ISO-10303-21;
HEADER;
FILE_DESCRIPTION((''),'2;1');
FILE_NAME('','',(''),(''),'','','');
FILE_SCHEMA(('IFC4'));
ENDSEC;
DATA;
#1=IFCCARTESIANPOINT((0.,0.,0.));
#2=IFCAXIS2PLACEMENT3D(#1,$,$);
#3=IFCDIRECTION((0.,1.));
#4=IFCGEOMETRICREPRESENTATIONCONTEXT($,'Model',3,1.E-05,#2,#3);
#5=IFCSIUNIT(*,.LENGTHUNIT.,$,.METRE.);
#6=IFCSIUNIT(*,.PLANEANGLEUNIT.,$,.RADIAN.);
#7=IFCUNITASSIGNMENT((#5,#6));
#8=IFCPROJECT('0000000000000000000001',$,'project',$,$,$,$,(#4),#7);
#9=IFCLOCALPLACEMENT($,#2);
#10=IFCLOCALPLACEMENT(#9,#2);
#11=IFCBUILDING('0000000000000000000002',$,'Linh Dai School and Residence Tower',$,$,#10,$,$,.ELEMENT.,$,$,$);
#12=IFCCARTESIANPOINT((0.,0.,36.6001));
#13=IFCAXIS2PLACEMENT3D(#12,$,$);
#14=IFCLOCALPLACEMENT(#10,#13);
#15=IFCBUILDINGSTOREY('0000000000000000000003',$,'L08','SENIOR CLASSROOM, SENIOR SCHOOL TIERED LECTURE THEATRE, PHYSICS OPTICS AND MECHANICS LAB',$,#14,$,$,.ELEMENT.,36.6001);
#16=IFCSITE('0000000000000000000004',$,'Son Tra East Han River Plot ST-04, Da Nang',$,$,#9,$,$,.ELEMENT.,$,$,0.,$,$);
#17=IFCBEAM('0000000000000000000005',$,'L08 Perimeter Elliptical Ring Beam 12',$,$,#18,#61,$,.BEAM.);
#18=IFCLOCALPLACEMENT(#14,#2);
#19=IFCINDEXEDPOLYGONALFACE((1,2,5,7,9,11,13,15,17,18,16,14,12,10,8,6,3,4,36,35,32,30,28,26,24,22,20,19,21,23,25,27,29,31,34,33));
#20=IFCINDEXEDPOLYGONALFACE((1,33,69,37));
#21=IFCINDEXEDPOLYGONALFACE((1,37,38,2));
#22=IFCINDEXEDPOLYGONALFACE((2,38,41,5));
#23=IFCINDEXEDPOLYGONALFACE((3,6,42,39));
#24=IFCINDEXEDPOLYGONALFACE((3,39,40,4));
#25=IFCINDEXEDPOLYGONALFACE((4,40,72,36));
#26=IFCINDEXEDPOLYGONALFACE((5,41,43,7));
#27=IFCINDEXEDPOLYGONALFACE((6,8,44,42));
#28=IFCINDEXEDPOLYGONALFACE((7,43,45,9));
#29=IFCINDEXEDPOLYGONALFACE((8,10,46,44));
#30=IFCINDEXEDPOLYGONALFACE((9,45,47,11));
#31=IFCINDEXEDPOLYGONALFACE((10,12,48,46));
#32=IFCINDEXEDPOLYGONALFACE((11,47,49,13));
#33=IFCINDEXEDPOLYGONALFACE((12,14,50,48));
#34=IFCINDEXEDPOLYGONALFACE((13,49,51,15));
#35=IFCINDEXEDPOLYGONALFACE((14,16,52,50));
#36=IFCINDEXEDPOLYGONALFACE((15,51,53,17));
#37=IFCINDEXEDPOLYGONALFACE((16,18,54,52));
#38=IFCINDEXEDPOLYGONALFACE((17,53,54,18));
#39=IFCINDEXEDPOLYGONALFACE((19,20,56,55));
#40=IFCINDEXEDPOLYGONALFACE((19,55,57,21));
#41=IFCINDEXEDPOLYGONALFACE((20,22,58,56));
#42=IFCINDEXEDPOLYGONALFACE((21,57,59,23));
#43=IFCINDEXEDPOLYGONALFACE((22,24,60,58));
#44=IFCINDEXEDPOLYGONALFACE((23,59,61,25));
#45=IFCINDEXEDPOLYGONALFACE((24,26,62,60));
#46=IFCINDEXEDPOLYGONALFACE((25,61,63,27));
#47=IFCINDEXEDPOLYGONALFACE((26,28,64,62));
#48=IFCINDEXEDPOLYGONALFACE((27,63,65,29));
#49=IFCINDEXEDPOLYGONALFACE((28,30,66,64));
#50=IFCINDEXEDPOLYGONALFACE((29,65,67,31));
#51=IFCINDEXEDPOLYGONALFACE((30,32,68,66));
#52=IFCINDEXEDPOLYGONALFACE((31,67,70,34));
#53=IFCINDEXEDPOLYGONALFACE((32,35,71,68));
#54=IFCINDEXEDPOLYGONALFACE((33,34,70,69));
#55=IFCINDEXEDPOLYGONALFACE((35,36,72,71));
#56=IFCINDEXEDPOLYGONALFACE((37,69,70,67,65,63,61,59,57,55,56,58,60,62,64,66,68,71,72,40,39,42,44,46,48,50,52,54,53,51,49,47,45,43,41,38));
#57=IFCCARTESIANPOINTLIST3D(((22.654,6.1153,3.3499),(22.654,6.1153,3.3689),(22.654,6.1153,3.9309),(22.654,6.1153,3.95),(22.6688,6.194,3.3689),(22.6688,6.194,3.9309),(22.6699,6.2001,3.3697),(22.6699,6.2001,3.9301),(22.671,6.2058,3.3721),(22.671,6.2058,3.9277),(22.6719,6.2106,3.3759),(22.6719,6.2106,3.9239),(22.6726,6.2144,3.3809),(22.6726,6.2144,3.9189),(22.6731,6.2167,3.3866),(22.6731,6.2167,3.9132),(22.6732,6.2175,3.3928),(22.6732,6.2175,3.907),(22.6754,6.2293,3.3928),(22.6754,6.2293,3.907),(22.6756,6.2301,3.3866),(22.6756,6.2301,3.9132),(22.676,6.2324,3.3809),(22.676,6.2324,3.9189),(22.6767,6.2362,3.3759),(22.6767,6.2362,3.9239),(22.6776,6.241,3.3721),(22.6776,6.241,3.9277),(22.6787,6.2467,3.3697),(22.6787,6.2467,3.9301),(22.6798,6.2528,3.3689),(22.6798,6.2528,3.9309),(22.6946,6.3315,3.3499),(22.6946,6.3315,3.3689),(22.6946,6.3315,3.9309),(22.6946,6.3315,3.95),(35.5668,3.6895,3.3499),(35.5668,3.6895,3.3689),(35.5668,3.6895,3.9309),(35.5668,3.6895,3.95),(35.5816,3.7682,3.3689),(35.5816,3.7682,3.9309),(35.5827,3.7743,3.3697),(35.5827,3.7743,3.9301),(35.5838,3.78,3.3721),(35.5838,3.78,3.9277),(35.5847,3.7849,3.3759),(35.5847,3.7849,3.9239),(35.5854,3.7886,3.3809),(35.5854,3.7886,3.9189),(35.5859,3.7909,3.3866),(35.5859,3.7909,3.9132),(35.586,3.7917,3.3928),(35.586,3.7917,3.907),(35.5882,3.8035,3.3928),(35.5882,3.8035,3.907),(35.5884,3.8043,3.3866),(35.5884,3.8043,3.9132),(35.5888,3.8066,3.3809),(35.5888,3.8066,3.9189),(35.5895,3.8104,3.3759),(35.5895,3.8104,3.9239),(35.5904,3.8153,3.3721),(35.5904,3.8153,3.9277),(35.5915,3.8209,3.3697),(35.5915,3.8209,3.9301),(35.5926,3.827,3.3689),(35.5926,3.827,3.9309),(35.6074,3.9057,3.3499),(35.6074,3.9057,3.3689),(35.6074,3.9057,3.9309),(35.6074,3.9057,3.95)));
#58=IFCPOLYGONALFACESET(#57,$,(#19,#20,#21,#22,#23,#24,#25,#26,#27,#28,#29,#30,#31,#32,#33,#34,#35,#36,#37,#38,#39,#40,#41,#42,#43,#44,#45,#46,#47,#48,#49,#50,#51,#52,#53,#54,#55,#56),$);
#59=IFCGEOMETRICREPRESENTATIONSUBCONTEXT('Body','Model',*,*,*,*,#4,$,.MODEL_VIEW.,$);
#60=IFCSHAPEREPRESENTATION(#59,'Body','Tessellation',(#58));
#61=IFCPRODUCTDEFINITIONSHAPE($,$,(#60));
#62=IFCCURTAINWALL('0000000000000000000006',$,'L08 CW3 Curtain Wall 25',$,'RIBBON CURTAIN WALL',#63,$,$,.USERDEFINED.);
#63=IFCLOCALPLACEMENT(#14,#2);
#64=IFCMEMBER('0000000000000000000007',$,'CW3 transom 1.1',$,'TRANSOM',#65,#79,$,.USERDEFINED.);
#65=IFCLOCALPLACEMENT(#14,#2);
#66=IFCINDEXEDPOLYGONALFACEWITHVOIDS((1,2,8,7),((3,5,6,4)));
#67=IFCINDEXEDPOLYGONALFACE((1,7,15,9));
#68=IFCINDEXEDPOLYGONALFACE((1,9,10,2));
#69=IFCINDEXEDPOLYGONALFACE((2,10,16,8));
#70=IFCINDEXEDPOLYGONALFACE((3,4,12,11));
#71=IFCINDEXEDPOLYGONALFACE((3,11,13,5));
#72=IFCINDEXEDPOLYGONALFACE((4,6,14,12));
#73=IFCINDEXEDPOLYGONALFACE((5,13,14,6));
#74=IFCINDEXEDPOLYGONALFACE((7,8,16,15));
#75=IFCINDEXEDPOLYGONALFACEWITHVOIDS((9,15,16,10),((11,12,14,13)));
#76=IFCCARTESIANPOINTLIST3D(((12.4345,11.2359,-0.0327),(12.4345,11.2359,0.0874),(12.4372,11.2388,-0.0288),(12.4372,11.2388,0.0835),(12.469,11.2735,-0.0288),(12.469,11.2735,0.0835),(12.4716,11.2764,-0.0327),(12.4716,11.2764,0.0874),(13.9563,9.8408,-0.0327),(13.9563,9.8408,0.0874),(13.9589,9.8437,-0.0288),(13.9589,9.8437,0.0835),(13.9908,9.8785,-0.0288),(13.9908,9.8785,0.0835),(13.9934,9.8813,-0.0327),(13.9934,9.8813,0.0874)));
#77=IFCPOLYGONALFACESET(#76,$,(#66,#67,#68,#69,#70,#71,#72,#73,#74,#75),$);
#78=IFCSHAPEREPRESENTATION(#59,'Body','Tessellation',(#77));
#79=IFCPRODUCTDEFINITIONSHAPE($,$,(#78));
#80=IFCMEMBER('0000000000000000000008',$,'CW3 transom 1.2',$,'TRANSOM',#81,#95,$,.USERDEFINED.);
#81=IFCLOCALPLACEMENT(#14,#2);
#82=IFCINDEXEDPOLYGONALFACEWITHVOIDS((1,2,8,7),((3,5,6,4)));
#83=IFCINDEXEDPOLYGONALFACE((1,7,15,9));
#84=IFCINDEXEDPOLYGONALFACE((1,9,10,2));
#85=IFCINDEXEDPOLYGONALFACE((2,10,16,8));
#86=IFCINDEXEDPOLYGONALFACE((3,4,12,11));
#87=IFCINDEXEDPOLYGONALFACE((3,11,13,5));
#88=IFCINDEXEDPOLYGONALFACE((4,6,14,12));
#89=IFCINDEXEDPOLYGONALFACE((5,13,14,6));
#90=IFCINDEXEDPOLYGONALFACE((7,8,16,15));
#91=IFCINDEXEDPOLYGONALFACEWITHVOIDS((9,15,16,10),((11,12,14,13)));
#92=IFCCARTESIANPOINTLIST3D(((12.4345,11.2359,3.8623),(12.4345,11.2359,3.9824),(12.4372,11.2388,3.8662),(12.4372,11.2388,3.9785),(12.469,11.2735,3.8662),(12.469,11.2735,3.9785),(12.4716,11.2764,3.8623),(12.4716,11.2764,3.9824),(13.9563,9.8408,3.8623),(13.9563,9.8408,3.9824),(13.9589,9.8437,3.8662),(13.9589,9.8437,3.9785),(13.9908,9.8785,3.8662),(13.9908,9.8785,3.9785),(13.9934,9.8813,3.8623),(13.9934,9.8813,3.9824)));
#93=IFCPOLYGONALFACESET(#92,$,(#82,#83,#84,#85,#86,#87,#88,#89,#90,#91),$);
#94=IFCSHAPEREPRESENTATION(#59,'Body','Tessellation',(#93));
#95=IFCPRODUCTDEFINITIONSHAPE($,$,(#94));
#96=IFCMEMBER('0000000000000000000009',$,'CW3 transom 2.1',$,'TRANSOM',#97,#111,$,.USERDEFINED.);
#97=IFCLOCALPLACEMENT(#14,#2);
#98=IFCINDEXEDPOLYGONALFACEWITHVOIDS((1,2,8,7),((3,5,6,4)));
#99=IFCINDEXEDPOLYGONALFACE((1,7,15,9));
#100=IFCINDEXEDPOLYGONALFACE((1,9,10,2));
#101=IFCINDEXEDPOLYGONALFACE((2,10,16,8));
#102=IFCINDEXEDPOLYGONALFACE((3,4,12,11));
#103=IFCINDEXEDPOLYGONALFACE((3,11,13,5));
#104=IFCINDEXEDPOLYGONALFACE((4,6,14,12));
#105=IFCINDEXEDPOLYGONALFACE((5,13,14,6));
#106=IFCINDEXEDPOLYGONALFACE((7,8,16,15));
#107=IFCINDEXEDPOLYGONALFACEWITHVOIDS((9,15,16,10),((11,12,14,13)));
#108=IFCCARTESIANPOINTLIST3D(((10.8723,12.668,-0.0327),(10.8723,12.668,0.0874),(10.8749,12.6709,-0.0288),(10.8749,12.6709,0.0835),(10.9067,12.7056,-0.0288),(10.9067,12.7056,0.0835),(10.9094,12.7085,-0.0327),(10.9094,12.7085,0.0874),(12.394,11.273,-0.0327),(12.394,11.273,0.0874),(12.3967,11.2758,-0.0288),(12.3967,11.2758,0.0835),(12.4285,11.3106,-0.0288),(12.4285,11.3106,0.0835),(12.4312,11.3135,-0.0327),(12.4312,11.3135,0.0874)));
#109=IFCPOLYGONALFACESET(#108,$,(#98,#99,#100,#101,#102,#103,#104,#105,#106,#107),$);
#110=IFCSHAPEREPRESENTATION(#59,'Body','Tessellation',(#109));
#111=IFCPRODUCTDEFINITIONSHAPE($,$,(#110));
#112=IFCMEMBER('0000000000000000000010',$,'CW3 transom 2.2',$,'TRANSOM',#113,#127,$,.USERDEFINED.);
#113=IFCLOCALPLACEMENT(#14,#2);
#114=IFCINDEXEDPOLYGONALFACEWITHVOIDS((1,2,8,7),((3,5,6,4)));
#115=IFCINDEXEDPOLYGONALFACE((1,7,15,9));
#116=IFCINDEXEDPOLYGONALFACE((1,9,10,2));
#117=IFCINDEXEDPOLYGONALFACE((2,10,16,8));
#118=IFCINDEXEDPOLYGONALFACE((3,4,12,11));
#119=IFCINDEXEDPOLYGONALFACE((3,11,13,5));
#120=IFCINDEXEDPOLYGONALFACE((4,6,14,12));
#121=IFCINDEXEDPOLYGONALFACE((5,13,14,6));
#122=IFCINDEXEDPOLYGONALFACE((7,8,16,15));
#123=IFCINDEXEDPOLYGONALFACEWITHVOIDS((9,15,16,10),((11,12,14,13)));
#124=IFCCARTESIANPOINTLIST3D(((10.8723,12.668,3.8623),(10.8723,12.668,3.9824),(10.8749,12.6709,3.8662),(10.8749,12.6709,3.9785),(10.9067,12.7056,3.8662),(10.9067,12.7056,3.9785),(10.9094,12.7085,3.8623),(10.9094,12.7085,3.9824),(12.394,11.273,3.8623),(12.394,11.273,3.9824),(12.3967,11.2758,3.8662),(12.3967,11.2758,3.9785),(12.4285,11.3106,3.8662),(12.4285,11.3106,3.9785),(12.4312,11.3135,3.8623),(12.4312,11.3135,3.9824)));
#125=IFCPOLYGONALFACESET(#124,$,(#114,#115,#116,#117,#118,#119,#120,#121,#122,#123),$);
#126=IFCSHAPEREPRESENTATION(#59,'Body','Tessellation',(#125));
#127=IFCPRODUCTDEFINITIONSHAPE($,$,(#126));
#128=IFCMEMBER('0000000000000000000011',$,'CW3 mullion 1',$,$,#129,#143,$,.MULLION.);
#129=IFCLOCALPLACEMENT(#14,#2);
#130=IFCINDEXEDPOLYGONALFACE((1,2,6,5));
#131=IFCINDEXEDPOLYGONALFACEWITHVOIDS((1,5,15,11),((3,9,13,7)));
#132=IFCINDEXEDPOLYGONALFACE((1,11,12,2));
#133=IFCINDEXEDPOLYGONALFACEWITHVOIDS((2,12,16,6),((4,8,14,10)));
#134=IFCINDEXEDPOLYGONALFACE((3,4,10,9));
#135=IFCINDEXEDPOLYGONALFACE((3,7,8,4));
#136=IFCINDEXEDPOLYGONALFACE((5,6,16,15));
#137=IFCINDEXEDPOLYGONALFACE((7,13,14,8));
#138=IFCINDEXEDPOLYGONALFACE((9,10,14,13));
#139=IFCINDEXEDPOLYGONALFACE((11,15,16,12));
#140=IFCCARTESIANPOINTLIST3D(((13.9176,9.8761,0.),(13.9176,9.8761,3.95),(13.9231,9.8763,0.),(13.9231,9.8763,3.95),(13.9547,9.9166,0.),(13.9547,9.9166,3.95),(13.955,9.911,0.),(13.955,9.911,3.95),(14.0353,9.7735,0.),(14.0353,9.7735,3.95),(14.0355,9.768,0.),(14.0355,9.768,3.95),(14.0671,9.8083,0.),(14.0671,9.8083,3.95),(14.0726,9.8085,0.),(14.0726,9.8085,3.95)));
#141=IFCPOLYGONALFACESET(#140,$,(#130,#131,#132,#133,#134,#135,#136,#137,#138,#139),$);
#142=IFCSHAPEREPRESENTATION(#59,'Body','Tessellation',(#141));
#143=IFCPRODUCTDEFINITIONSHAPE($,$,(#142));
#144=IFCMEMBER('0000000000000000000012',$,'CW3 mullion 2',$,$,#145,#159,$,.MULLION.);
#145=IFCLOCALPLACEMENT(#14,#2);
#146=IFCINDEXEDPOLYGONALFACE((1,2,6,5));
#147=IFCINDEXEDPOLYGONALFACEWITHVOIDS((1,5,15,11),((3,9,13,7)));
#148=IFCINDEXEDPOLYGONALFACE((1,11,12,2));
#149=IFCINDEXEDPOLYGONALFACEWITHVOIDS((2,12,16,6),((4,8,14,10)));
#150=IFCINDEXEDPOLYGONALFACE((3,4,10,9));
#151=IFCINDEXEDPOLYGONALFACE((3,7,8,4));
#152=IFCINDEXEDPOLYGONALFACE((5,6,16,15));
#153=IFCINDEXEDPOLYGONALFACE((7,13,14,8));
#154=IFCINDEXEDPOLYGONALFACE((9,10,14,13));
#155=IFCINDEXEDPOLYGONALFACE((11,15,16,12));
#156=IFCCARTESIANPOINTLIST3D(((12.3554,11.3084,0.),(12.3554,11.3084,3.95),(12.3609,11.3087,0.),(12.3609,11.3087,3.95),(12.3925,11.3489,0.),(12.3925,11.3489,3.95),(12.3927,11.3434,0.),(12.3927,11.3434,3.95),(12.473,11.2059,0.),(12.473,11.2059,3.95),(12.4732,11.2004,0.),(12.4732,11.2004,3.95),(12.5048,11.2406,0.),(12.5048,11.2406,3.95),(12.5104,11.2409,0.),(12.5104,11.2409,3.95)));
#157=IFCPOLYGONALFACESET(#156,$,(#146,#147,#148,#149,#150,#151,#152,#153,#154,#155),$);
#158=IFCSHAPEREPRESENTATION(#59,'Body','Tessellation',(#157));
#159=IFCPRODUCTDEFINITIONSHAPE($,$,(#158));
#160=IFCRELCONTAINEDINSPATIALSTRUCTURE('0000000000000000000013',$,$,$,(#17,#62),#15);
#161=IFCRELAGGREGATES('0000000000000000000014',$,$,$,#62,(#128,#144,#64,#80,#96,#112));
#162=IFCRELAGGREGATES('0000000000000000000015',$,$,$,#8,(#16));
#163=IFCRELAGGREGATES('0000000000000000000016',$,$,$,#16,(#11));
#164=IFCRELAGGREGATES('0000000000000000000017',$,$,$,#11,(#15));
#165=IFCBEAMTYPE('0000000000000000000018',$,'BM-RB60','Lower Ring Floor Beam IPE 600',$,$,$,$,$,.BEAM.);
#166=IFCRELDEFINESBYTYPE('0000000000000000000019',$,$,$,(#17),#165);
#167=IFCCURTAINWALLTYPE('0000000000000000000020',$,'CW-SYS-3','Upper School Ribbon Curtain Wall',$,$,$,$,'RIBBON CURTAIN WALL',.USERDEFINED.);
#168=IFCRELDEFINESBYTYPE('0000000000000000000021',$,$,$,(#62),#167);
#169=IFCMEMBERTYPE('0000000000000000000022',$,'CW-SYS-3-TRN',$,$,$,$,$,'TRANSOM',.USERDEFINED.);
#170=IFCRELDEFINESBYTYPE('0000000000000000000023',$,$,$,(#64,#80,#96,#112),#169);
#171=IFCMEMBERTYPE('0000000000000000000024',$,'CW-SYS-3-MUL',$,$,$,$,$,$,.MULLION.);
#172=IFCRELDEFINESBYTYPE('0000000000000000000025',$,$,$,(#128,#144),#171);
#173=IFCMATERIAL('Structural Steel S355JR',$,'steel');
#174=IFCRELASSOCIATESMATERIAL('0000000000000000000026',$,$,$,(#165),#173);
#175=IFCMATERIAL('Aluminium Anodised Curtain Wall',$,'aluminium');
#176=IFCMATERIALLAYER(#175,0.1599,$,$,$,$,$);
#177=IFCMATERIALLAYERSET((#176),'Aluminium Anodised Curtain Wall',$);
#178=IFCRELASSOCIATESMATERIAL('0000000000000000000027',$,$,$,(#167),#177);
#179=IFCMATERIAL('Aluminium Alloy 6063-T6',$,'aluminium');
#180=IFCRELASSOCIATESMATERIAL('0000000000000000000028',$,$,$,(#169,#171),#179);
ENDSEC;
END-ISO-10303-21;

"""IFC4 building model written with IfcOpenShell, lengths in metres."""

from ifc_helpers import new_model, si_unit, direction, frame, origin, origin_2d, place, context, subcontext, project, spatial, hollow_rectangle, i_section, extrude, source, transform, mapped, material, layer, layer_set, material_profile, profile_set, type_object, element, aggregate, save


model = new_model("IFC4")

# Units and contexts
model_context = context("Model", 3, precision=1e-05, world=origin(), true_north=direction((0.0, 1.0)))
body_context = subcontext(model_context, "Body", "Model", "MODEL_VIEW")
ifc_project = project(units=[si_unit("LENGTHUNIT", "METRE"), si_unit("PLANEANGLEUNIT", "RADIAN")], contexts=[model_context])

# Site, building, storey
site_placement = place(None, origin())
site = spatial("IfcSite", under=ifc_project, at=site_placement, Name="Son Tra East Han River Plot ST-04, Da Nang", CompositionType="ELEMENT", RefElevation=0.0)
building_placement = place(site_placement, origin())
building = spatial("IfcBuilding", under=site, at=building_placement, Name="Linh Dai School and Residence Tower", CompositionType="ELEMENT")
storey_placement = place(building_placement, frame((0.0, 0.0, 36.6001)))
storey = spatial("IfcBuildingStorey", under=building, at=storey_placement, Name="L08", Description="SENIOR CLASSROOM, SENIOR SCHOOL TIERED LECTURE THEATRE, PHYSICS OPTICS AND MECHANICS LAB", CompositionType="ELEMENT", Elevation=36.6001)

# Shared definitions
ifc_material_1 = material(Name="Structural Steel S355JR", Category="steel")

# Beam
ifc_material_profile_1 = material_profile(ifc_material_1, i_section(OverallWidth=0.22, OverallDepth=0.6001, WebThickness=0.012, FlangeThickness=0.019, FilletRadius=0.0239, at=origin_2d()), Name="IPE 600")
ifc_profile_set_1 = profile_set([ifc_material_profile_1], Name="Structural Steel S355JR")
beam_type = type_object("IfcBeamType", Name="BM-RB60", Description="Lower Ring Floor Beam IPE 600", PredefinedType="BEAM", material=ifc_profile_set_1)
beam_1_placement = place(storey_placement, frame((22.6743, 6.2234, 3.6499), z_axis=(0.982808, -0.184628, 0.0), x_axis=(0.184628, 0.982808, 0.0)))
element("IfcBeam", 1, at=beam_1_placement, inside=storey, type_object=beam_type, Name="L08 Perimeter Elliptical Ring Beam 12", PredefinedType="BEAM", context=body_context, shape_type="SweptSolid", body=[
    extrude(i_section(OverallWidth=0.22, OverallDepth=0.6001, WebThickness=0.012, FlangeThickness=0.019, FilletRadius=0.0239, at=origin_2d()), origin(), (0.0, 0.0, 1.0), 13.1387),
])

# Curtain wall, members
ifc_material_2 = material(Name="Aluminium Anodised Curtain Wall", Category="aluminium")
ifc_layer_1 = layer(ifc_material_2, 0.1599)
ifc_layer_set_1 = layer_set([ifc_layer_1], Name="Aluminium Anodised Curtain Wall")
curtain_wall_type = type_object("IfcCurtainWallType", Name="CW-SYS-3", Description="Upper School Ribbon Curtain Wall", ElementType="RIBBON CURTAIN WALL", PredefinedType="USERDEFINED", material=ifc_layer_set_1)
curtain_wall_placement = place(storey_placement, origin())
curtain_wall = element("IfcCurtainWall", 2, at=curtain_wall_placement, inside=storey, type_object=curtain_wall_type, Name="L08 CW3 Curtain Wall 25", ObjectType="RIBBON CURTAIN WALL", PredefinedType="USERDEFINED")
ifc_material_3 = material(Name="Aluminium Alloy 6063-T6", Category="aluminium")
ifc_material_profile_2 = material_profile(ifc_material_3, hollow_rectangle(XDim=0.0549, YDim=0.1201, WallThickness=0.0039, at=origin_2d()), Name="RHS 120x55x4")
ifc_profile_set_2 = profile_set([ifc_material_profile_2], Name="Aluminium Alloy 6063-T6")
member_type_1 = type_object("IfcMemberType", Name="CW-SYS-3-TRN", ElementType="TRANSOM", PredefinedType="USERDEFINED", material=ifc_profile_set_2)
shared_shape_1 = source(origin(), body_context, "Body", "SweptSolid", [
    extrude(hollow_rectangle(XDim=0.0549, YDim=0.1201, WallThickness=0.0039, at=origin_2d()), origin(), (0.0, 0.0, 1.0), 2.0645),
])
member_1_placement = place(storey_placement, frame((13.9749, 9.8611, 0.0273), z_axis=(-0.73713, 0.675751, 0.0), x_axis=(-0.675751, -0.73713, 0.0)))
member_1 = element("IfcMember", 3, at=member_1_placement, type_object=member_type_1, Name="CW3 transom 1.1", ObjectType="TRANSOM", PredefinedType="USERDEFINED", context=body_context, shape_type="MappedRepresentation", body=[
    mapped(shared_shape_1, transform((0.0, 0.0, 0.0), x_axis=(1.0, 0.0, 0.0), y_axis=(0.0, 1.0, 0.0), z_axis=(0.0, 0.0, 1.0), scale=1.0)),
])
member_2_placement = place(storey_placement, frame((13.9749, 9.8611, 3.9224), z_axis=(-0.73713, 0.675751, 0.0), x_axis=(-0.675751, -0.73713, 0.0)))
member_2 = element("IfcMember", 4, at=member_2_placement, type_object=member_type_1, Name="CW3 transom 1.2", ObjectType="TRANSOM", PredefinedType="USERDEFINED", context=body_context, shape_type="MappedRepresentation", body=[
    mapped(shared_shape_1, transform((0.0, 0.0, 0.0), x_axis=(1.0, 0.0, 0.0), y_axis=(0.0, 1.0, 0.0), z_axis=(0.0, 0.0, 1.0), scale=1.0)),
])
member_3_placement = place(storey_placement, frame((12.4126, 11.2932, 0.0273), z_axis=(-0.73713, 0.675751, 0.0), x_axis=(-0.675751, -0.73713, 0.0)))
member_3 = element("IfcMember", 5, at=member_3_placement, type_object=member_type_1, Name="CW3 transom 2.1", ObjectType="TRANSOM", PredefinedType="USERDEFINED", context=body_context, shape_type="MappedRepresentation", body=[
    mapped(shared_shape_1, transform((0.0, 0.0, 0.0), x_axis=(1.0, 0.0, 0.0), y_axis=(0.0, 1.0, 0.0), z_axis=(0.0, 0.0, 1.0), scale=1.0)),
])
member_4_placement = place(storey_placement, frame((12.4126, 11.2932, 3.9224), z_axis=(-0.73713, 0.675751, 0.0), x_axis=(-0.675751, -0.73713, 0.0)))
member_4 = element("IfcMember", 6, at=member_4_placement, type_object=member_type_1, Name="CW3 transom 2.2", ObjectType="TRANSOM", PredefinedType="USERDEFINED", context=body_context, shape_type="MappedRepresentation", body=[
    mapped(shared_shape_1, transform((0.0, 0.0, 0.0), x_axis=(1.0, 0.0, 0.0), y_axis=(0.0, 1.0, 0.0), z_axis=(0.0, 0.0, 1.0), scale=1.0)),
])
ifc_material_profile_3 = material_profile(ifc_material_3, hollow_rectangle(XDim=0.0549, YDim=0.1599, WallThickness=0.0039, at=origin_2d()), Name="RHS 160x55x4")
ifc_profile_set_3 = profile_set([ifc_material_profile_3], Name="Aluminium Alloy 6063-T6")
member_type_2 = type_object("IfcMemberType", Name="CW-SYS-3-MUL", PredefinedType="MULLION", material=ifc_profile_set_3)
shared_shape_2 = source(origin(), body_context, "Body", "SweptSolid", [
    extrude(hollow_rectangle(XDim=0.0549, YDim=0.1599, WallThickness=0.0039, at=origin_2d()), origin(), (0.0, 0.0, 1.0), 3.95),
])
member_5_placement = place(storey_placement, frame((13.9951, 9.8423, 0.0), z_axis=(0.0, 0.0, 1.0), x_axis=(-0.675769, -0.737113, 0.0)))
member_5 = element("IfcMember", 7, at=member_5_placement, type_object=member_type_2, Name="CW3 mullion 1", PredefinedType="MULLION", context=body_context, shape_type="MappedRepresentation", body=[
    mapped(shared_shape_2, transform((0.0, 0.0, 0.0), x_axis=(1.0, 0.0, 0.0), y_axis=(0.0, 1.0, 0.0), z_axis=(0.0, 0.0, 1.0), scale=1.0)),
])
member_6_placement = place(storey_placement, frame((12.4329, 11.2747, 0.0), z_axis=(0.0, 0.0, 1.0), x_axis=(-0.675769, -0.737113, 0.0)))
member_6 = element("IfcMember", 8, at=member_6_placement, type_object=member_type_2, Name="CW3 mullion 2", PredefinedType="MULLION", context=body_context, shape_type="MappedRepresentation", body=[
    mapped(shared_shape_2, transform((0.0, 0.0, 0.0), x_axis=(1.0, 0.0, 0.0), y_axis=(0.0, 1.0, 0.0), z_axis=(0.0, 0.0, 1.0), scale=1.0)),
])

aggregate(curtain_wall, [member_5, member_6, member_1, member_2, member_3, member_4])

save(model, "model.ifc")
